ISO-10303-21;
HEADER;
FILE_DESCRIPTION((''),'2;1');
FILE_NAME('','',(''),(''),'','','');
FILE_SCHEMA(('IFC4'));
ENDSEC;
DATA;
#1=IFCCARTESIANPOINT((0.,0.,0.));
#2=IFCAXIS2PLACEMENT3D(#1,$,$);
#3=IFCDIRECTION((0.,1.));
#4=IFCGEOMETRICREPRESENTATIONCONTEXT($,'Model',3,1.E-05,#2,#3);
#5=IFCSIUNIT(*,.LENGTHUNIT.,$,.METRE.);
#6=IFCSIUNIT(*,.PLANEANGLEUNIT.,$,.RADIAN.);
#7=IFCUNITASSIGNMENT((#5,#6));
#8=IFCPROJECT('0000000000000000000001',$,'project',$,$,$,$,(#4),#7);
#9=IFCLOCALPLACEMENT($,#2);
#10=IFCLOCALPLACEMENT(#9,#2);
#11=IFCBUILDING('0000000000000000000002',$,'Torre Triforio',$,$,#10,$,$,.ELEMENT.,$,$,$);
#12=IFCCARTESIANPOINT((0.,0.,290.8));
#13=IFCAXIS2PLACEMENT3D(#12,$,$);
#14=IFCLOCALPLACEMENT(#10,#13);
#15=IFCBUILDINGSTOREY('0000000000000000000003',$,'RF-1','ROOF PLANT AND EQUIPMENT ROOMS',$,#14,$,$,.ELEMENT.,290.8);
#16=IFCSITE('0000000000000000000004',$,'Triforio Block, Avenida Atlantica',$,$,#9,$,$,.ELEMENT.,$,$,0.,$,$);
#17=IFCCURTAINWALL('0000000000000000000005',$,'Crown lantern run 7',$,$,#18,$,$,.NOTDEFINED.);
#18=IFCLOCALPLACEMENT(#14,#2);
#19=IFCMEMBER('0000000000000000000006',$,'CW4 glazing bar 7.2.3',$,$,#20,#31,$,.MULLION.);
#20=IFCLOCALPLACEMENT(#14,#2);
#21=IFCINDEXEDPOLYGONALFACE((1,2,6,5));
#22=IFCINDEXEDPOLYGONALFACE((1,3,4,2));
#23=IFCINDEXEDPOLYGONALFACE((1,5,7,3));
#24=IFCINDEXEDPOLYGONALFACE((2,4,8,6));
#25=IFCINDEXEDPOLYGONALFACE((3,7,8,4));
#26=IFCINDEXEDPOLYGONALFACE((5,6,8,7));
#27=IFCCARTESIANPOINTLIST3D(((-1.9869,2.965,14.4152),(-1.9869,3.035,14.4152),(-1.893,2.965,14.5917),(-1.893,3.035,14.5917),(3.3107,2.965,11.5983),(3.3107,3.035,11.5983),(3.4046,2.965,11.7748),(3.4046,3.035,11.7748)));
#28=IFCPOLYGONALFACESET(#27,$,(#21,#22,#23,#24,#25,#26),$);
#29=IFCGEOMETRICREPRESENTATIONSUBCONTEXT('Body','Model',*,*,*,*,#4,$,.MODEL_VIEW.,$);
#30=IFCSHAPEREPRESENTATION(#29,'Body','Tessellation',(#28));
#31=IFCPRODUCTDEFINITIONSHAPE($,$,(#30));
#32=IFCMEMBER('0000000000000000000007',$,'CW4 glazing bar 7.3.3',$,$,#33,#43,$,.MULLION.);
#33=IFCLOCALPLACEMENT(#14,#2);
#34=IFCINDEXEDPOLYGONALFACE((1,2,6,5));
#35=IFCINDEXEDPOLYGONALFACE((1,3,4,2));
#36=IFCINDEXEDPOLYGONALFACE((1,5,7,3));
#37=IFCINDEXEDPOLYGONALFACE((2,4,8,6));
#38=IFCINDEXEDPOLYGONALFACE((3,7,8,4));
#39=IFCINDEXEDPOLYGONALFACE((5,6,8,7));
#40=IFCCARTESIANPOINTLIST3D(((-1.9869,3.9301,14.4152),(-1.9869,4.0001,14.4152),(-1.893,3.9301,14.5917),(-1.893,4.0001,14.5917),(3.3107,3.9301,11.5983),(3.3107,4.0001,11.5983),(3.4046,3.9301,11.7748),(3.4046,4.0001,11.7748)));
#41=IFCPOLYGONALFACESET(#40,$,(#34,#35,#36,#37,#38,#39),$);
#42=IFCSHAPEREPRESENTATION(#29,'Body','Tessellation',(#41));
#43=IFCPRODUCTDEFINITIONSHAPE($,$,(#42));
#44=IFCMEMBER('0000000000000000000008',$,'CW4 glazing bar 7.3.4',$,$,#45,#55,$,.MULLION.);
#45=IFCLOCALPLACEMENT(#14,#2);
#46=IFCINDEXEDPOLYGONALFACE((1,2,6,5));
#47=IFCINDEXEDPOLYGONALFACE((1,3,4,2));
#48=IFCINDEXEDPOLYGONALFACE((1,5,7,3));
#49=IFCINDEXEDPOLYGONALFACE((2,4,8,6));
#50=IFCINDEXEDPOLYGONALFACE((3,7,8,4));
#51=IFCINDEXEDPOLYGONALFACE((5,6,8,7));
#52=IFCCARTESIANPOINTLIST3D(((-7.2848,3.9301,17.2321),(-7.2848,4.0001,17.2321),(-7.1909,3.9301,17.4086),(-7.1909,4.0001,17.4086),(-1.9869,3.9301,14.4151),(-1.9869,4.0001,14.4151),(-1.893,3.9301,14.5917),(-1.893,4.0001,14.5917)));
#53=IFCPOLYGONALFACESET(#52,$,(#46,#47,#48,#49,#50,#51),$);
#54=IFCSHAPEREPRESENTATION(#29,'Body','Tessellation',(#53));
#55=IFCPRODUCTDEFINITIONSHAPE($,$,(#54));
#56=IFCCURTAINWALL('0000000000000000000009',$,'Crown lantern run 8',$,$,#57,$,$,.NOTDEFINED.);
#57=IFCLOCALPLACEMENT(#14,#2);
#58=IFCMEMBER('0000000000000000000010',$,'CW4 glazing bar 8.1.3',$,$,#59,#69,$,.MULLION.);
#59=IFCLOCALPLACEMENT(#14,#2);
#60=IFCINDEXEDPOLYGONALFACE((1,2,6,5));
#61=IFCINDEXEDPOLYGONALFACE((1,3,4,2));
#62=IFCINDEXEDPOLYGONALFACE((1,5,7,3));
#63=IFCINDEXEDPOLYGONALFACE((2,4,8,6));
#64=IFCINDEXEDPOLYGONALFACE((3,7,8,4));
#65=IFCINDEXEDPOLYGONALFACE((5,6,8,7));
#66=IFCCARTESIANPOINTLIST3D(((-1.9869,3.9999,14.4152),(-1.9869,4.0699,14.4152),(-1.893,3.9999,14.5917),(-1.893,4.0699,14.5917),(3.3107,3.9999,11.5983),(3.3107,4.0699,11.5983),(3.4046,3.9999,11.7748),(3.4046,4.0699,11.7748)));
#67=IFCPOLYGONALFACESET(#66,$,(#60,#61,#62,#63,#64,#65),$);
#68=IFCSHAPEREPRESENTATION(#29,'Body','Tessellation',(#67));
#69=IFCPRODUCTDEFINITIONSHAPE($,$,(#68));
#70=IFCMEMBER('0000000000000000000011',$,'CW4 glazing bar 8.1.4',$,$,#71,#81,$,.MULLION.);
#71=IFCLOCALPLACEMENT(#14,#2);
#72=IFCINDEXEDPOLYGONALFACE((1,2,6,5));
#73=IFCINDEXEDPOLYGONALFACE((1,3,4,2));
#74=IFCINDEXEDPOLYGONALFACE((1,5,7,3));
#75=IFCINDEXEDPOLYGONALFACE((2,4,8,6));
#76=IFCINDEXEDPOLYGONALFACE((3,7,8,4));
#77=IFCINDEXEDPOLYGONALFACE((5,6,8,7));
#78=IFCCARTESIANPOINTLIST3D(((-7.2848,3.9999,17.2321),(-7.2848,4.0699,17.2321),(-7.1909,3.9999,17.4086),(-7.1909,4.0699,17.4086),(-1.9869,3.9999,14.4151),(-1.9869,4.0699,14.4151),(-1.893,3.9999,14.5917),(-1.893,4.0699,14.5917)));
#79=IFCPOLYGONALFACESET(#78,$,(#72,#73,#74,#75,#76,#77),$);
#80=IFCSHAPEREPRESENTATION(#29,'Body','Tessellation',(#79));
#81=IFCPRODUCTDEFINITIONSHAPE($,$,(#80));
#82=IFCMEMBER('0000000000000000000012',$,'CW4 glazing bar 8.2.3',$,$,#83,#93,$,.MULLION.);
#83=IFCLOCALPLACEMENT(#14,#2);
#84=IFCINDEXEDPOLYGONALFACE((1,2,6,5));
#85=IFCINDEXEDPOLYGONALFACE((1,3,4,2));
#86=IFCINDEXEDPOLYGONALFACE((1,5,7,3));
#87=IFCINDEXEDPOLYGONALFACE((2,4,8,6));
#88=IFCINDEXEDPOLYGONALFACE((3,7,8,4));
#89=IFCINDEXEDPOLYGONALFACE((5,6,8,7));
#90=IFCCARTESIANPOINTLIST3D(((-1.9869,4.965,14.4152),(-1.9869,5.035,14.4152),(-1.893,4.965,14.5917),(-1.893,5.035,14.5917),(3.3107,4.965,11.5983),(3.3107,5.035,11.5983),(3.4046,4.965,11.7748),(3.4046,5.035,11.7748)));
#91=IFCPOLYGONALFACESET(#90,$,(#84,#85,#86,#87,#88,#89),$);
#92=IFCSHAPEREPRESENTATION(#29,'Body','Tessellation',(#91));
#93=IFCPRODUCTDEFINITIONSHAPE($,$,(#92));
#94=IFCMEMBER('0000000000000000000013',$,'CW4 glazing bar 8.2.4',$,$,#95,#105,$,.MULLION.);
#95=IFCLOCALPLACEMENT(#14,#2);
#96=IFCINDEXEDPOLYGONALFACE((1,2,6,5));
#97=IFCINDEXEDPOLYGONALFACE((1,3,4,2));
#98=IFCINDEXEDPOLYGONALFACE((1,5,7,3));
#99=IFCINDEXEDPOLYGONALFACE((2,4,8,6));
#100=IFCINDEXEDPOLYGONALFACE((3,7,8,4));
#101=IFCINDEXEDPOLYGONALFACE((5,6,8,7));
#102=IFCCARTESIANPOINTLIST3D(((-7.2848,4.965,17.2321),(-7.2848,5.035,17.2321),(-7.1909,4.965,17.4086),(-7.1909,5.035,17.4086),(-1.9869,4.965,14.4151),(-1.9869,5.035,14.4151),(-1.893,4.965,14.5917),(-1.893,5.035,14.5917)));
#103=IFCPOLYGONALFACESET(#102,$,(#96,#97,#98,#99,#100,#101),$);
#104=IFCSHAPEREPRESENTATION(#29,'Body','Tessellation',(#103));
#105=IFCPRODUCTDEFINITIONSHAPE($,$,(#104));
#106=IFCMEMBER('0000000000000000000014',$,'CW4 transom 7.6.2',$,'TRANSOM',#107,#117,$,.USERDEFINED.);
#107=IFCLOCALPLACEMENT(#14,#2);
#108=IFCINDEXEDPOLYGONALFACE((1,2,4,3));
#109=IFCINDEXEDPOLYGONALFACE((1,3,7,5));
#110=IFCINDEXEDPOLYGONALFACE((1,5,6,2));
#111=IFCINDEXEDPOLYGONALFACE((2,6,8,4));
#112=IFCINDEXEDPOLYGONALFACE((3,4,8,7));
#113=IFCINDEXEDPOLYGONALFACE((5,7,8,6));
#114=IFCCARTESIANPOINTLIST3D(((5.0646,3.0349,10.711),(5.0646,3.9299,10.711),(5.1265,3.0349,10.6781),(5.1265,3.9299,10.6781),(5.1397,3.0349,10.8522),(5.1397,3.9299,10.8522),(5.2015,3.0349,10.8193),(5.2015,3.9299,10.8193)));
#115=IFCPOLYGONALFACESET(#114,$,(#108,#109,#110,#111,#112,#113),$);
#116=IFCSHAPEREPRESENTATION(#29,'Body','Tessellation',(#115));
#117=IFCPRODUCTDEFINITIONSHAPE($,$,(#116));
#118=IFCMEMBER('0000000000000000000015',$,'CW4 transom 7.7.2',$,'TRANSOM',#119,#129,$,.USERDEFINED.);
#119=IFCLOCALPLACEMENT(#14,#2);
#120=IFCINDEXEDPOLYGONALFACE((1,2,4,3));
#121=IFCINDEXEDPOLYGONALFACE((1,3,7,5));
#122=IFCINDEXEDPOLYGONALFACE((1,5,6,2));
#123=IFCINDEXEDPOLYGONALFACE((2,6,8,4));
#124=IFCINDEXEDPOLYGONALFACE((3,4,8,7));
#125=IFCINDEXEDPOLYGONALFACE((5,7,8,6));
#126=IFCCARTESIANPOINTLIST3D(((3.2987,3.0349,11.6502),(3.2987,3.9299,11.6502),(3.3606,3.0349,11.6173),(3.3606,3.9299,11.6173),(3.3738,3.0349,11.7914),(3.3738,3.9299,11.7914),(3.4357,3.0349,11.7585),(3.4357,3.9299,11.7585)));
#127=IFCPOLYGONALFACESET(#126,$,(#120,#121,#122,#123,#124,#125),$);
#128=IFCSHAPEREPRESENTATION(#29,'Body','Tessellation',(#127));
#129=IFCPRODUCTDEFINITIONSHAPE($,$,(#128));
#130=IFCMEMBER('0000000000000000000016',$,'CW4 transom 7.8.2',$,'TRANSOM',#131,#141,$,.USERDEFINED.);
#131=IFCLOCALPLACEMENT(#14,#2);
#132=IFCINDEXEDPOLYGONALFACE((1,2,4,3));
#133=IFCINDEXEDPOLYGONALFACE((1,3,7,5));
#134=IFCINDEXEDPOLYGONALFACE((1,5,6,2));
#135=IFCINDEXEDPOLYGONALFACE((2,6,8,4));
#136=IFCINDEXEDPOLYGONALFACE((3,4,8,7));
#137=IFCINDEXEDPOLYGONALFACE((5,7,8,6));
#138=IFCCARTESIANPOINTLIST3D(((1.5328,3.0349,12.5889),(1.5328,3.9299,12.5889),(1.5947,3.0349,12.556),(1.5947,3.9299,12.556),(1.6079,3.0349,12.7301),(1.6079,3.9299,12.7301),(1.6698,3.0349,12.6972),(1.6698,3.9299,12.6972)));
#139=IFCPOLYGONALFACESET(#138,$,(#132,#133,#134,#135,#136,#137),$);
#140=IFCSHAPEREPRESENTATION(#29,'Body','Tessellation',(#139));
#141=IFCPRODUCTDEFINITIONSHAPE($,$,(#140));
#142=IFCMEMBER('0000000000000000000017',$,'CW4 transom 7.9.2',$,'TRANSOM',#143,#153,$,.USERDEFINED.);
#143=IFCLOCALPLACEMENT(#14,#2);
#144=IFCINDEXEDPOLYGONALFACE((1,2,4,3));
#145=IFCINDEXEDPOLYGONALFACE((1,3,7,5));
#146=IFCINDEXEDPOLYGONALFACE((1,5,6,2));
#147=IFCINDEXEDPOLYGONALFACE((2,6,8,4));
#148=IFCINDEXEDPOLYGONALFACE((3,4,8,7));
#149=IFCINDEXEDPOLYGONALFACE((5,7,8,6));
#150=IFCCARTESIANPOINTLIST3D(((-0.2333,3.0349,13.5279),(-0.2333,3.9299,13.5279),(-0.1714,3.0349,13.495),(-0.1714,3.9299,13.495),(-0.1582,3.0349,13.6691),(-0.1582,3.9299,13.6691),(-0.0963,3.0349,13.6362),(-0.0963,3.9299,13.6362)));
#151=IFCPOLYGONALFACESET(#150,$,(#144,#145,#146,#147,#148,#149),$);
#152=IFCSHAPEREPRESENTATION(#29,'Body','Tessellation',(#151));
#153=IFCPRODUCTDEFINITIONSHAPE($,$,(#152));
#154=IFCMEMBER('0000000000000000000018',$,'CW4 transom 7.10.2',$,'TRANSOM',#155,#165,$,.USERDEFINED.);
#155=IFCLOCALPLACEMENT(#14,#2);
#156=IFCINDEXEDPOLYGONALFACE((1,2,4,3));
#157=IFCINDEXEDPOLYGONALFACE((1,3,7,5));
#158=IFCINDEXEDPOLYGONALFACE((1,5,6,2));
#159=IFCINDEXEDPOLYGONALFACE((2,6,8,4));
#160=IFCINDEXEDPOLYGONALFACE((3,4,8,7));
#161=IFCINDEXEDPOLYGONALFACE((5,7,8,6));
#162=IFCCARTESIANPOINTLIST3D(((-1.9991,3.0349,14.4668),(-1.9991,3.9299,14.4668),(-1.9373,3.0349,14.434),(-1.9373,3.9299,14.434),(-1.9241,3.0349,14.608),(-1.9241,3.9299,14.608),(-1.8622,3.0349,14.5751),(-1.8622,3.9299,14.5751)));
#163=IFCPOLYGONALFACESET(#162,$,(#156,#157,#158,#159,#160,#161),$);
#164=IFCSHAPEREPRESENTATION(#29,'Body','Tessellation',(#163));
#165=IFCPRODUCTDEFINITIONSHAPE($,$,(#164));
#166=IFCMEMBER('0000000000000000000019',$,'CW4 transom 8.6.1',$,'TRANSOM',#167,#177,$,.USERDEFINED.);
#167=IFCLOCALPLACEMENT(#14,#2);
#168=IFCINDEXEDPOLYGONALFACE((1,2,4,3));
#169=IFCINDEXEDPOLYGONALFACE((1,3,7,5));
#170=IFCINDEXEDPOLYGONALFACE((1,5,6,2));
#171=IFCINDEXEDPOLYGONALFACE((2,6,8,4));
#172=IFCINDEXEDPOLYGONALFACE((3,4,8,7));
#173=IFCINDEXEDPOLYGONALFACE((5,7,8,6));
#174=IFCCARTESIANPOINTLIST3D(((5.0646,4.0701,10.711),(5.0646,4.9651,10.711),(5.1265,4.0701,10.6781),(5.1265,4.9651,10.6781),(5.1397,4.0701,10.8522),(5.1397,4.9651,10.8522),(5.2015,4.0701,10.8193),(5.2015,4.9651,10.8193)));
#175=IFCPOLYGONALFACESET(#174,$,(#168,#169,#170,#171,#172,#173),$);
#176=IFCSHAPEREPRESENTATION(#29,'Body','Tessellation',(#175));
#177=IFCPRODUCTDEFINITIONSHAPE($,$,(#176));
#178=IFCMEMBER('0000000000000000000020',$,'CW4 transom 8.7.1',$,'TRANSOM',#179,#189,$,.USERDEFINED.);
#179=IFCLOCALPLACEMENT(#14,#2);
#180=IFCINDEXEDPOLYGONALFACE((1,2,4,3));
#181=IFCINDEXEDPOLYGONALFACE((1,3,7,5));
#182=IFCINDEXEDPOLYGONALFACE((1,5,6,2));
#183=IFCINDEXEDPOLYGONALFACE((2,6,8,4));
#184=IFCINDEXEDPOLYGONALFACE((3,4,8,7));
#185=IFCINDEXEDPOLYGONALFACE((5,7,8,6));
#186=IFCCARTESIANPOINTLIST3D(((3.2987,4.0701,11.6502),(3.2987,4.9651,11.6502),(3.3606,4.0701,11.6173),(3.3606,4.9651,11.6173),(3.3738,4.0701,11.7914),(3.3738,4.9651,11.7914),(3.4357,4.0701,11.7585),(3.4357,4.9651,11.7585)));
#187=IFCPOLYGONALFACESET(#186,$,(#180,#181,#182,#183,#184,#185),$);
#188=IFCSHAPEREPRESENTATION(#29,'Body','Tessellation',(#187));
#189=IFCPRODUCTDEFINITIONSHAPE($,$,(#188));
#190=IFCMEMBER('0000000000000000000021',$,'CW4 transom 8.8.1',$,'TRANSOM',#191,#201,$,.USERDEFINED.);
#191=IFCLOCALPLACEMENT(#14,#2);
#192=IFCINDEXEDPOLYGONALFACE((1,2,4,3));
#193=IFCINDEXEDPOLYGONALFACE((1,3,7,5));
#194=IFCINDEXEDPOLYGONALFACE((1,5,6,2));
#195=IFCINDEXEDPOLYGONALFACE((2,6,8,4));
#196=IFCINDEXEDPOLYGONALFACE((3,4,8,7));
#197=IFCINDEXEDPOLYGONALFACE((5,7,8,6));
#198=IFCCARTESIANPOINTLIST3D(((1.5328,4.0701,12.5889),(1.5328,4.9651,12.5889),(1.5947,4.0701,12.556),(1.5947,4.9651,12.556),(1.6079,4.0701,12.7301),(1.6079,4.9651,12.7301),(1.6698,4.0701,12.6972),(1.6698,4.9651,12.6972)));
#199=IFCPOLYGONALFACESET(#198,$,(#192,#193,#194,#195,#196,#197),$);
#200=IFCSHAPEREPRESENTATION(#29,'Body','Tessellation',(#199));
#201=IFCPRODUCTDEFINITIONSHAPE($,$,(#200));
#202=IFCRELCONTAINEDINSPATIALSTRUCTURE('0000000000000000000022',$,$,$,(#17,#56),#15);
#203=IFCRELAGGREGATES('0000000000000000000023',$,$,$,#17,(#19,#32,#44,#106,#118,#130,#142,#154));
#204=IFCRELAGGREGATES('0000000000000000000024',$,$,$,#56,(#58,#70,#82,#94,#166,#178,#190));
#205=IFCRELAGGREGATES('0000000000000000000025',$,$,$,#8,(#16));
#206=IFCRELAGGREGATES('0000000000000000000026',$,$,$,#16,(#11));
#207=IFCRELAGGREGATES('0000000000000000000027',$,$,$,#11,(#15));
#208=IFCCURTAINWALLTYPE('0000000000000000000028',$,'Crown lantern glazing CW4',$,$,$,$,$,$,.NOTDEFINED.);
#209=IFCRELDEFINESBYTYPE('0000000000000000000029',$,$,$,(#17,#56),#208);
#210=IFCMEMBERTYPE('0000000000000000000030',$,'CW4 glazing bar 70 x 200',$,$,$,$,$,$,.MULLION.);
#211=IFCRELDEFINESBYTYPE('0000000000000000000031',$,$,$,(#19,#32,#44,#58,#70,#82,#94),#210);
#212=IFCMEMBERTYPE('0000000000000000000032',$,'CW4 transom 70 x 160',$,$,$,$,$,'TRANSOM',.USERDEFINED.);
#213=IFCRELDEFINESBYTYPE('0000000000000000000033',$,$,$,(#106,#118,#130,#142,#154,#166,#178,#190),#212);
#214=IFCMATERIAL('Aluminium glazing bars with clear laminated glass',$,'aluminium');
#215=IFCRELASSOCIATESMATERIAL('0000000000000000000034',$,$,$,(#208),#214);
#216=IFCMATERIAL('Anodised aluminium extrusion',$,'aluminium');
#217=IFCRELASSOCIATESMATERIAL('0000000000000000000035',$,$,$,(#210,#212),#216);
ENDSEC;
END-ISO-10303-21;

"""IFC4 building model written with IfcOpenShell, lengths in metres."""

from ifc_helpers import new_model, si_unit, direction, frame, origin, origin_2d, place, context, subcontext, project, spatial, rectangle, extrude, material, material_profile, profile_set, type_object, element, aggregate, save


model = new_model("IFC4")

# Units and contexts
model_context = context("Model", 3, precision=1e-05, world=origin(), true_north=direction((0.0, 1.0)))
body_context = subcontext(model_context, "Body", "Model", "MODEL_VIEW")
ifc_project = project(units=[si_unit("LENGTHUNIT", "METRE"), si_unit("PLANEANGLEUNIT", "RADIAN")], contexts=[model_context])

# Site, building, storey
site_placement = place(None, origin())
site = spatial("IfcSite", under=ifc_project, at=site_placement, Name="Triforio Block, Avenida Atlantica", CompositionType="ELEMENT", RefElevation=0.0)
building_placement = place(site_placement, origin())
building = spatial("IfcBuilding", under=site, at=building_placement, Name="Torre Triforio", CompositionType="ELEMENT")
storey_placement = place(building_placement, frame((0.0, 0.0, 290.8)))
storey = spatial("IfcBuildingStorey", under=building, at=storey_placement, Name="RF-1", Description="ROOF PLANT AND EQUIPMENT ROOMS", CompositionType="ELEMENT", Elevation=290.8)

# Curtain walls, members
ifc_material_1 = material(Name="Aluminium glazing bars with clear laminated glass", Category="aluminium")
curtain_wall_type = type_object("IfcCurtainWallType", Name="Crown lantern glazing CW4", PredefinedType="NOTDEFINED", material=ifc_material_1)
curtain_wall_1_placement = place(storey_placement, origin())
curtain_wall_1 = element("IfcCurtainWall", 1, at=curtain_wall_1_placement, inside=storey, type_object=curtain_wall_type, Name="Crown lantern run 7", PredefinedType="NOTDEFINED")
ifc_material_2 = material(Name="Anodised aluminium extrusion", Category="aluminium")
ifc_material_profile_1 = material_profile(ifc_material_2, rectangle(XDim=0.0701, YDim=0.2, at=origin_2d()), Name="CW4 MULLION 70x200")
ifc_profile_set_1 = profile_set([ifc_material_profile_1], Name="Anodised aluminium extrusion")
member_type_1 = type_object("IfcMemberType", Name="CW4 glazing bar 70 x 200", PredefinedType="MULLION", material=ifc_profile_set_1)
member_1_placement = place(storey_placement, frame((3.3577, 3.0, 11.6865), z_axis=(-0.88294, 0.0, 0.469485), x_axis=(0.0, -1.0, 0.0)))
member_1 = element("IfcMember", 2, at=member_1_placement, type_object=member_type_1, Name="CW4 glazing bar 7.2.3", PredefinedType="MULLION", context=body_context, shape_type="SweptSolid", body=[
    extrude(rectangle(XDim=0.0701, YDim=0.2, at=origin_2d()), origin(), (0.0, 0.0, 1.0), 6.0),
])
member_2_placement = place(storey_placement, frame((3.3577, 3.9651, 11.6865), z_axis=(-0.88294, 0.0, 0.469485), x_axis=(0.0, -1.0, 0.0)))
member_2 = element("IfcMember", 3, at=member_2_placement, type_object=member_type_1, Name="CW4 glazing bar 7.3.3", PredefinedType="MULLION", context=body_context, shape_type="SweptSolid", body=[
    extrude(rectangle(XDim=0.0701, YDim=0.2, at=origin_2d()), origin(), (0.0, 0.0, 1.0), 6.0),
])
member_3_placement = place(storey_placement, frame((-1.9399, 3.9651, 14.5034), z_axis=(-0.882949, 0.0, 0.469469), x_axis=(0.0, -1.0, 0.0)))
member_3 = element("IfcMember", 4, at=member_3_placement, type_object=member_type_1, Name="CW4 glazing bar 7.3.4", PredefinedType="MULLION", context=body_context, shape_type="SweptSolid", body=[
    extrude(rectangle(XDim=0.0701, YDim=0.2, at=origin_2d()), origin(), (0.0, 0.0, 1.0), 6.0002),
])
curtain_wall_2_placement = place(storey_placement, origin())
curtain_wall_2 = element("IfcCurtainWall", 5, at=curtain_wall_2_placement, inside=storey, type_object=curtain_wall_type, Name="Crown lantern run 8", PredefinedType="NOTDEFINED")
member_4_placement = place(storey_placement, frame((3.3577, 4.0349, 11.6865), z_axis=(-0.88294, 0.0, 0.469485), x_axis=(0.0, -1.0, 0.0)))
member_4 = element("IfcMember", 6, at=member_4_placement, type_object=member_type_1, Name="CW4 glazing bar 8.1.3", PredefinedType="MULLION", context=body_context, shape_type="SweptSolid", body=[
    extrude(rectangle(XDim=0.0701, YDim=0.2, at=origin_2d()), origin(), (0.0, 0.0, 1.0), 6.0),
])
member_5_placement = place(storey_placement, frame((-1.9399, 4.0349, 14.5034), z_axis=(-0.882949, 0.0, 0.469469), x_axis=(0.0, -1.0, 0.0)))
member_5 = element("IfcMember", 7, at=member_5_placement, type_object=member_type_1, Name="CW4 glazing bar 8.1.4", PredefinedType="MULLION", context=body_context, shape_type="SweptSolid", body=[
    extrude(rectangle(XDim=0.0701, YDim=0.2, at=origin_2d()), origin(), (0.0, 0.0, 1.0), 6.0002),
])
member_6_placement = place(storey_placement, frame((3.3577, 5.0, 11.6865), z_axis=(-0.88294, 0.0, 0.469485), x_axis=(0.0, -1.0, 0.0)))
member_6 = element("IfcMember", 8, at=member_6_placement, type_object=member_type_1, Name="CW4 glazing bar 8.2.3", PredefinedType="MULLION", context=body_context, shape_type="SweptSolid", body=[
    extrude(rectangle(XDim=0.0701, YDim=0.2, at=origin_2d()), origin(), (0.0, 0.0, 1.0), 6.0),
])
member_7_placement = place(storey_placement, frame((-1.9399, 5.0, 14.5034), z_axis=(-0.882949, 0.0, 0.469469), x_axis=(0.0, -1.0, 0.0)))
member_7 = element("IfcMember", 9, at=member_7_placement, type_object=member_type_1, Name="CW4 glazing bar 8.2.4", PredefinedType="MULLION", context=body_context, shape_type="SweptSolid", body=[
    extrude(rectangle(XDim=0.0701, YDim=0.2, at=origin_2d()), origin(), (0.0, 0.0, 1.0), 6.0002),
])

# Members
ifc_material_profile_2 = material_profile(ifc_material_2, rectangle(XDim=0.0701, YDim=0.1599, at=origin_2d()), Name="CW4 TRANSOM 70x160")
ifc_profile_set_2 = profile_set([ifc_material_profile_2], Name="Anodised aluminium extrusion")
member_type_2 = type_object("IfcMemberType", Name="CW4 transom 70 x 160", ElementType="TRANSOM", PredefinedType="USERDEFINED", material=ifc_profile_set_2)
member_8_placement = place(storey_placement, frame((5.1331, 3.0349, 10.7651), z_axis=(0.0, 1.0, 0.0), x_axis=(-0.882948, 0.0, 0.469472)))
member_8 = element("IfcMember", 10, at=member_8_placement, type_object=member_type_2, Name="CW4 transom 7.6.2", ObjectType="TRANSOM", PredefinedType="USERDEFINED", context=body_context, shape_type="SweptSolid", body=[
    extrude(rectangle(XDim=0.0701, YDim=0.1599, at=origin_2d()), origin(), (0.0, 0.0, 1.0), 0.895),
])
member_9_placement = place(storey_placement, frame((3.3672, 3.0349, 11.7043), z_axis=(0.0, 1.0, 0.0), x_axis=(-0.882948, 0.0, 0.469472)))
member_9 = element("IfcMember", 11, at=member_9_placement, type_object=member_type_2, Name="CW4 transom 7.7.2", ObjectType="TRANSOM", PredefinedType="USERDEFINED", context=body_context, shape_type="SweptSolid", body=[
    extrude(rectangle(XDim=0.0701, YDim=0.1599, at=origin_2d()), origin(), (0.0, 0.0, 1.0), 0.895),
])
member_10_placement = place(storey_placement, frame((1.6013, 3.0349, 12.6431), z_axis=(0.0, 1.0, 0.0), x_axis=(-0.882948, 0.0, 0.469472)))
member_10 = element("IfcMember", 12, at=member_10_placement, type_object=member_type_2, Name="CW4 transom 7.8.2", ObjectType="TRANSOM", PredefinedType="USERDEFINED", context=body_context, shape_type="SweptSolid", body=[
    extrude(rectangle(XDim=0.0701, YDim=0.1599, at=origin_2d()), origin(), (0.0, 0.0, 1.0), 0.895),
])
member_11_placement = place(storey_placement, frame((-0.1648, 3.0349, 13.582), z_axis=(0.0, 1.0, 0.0), x_axis=(-0.882948, 0.0, 0.469472)))
member_11 = element("IfcMember", 13, at=member_11_placement, type_object=member_type_2, Name="CW4 transom 7.9.2", ObjectType="TRANSOM", PredefinedType="USERDEFINED", context=body_context, shape_type="SweptSolid", body=[
    extrude(rectangle(XDim=0.0701, YDim=0.1599, at=origin_2d()), origin(), (0.0, 0.0, 1.0), 0.895),
])
member_12_placement = place(storey_placement, frame((-1.9307, 3.0349, 14.521), z_axis=(0.0, 1.0, 0.0), x_axis=(-0.882948, 0.0, 0.469472)))
member_12 = element("IfcMember", 14, at=member_12_placement, type_object=member_type_2, Name="CW4 transom 7.10.2", ObjectType="TRANSOM", PredefinedType="USERDEFINED", context=body_context, shape_type="SweptSolid", body=[
    extrude(rectangle(XDim=0.0701, YDim=0.1599, at=origin_2d()), origin(), (0.0, 0.0, 1.0), 0.895),
])
member_13_placement = place(storey_placement, frame((5.1331, 4.0701, 10.7651), z_axis=(0.0, 1.0, 0.0), x_axis=(-0.882948, 0.0, 0.469472)))
member_13 = element("IfcMember", 15, at=member_13_placement, type_object=member_type_2, Name="CW4 transom 8.6.1", ObjectType="TRANSOM", PredefinedType="USERDEFINED", context=body_context, shape_type="SweptSolid", body=[
    extrude(rectangle(XDim=0.0701, YDim=0.1599, at=origin_2d()), origin(), (0.0, 0.0, 1.0), 0.895),
])
member_14_placement = place(storey_placement, frame((3.3672, 4.0701, 11.7043), z_axis=(0.0, 1.0, 0.0), x_axis=(-0.882948, 0.0, 0.469472)))
member_14 = element("IfcMember", 16, at=member_14_placement, type_object=member_type_2, Name="CW4 transom 8.7.1", ObjectType="TRANSOM", PredefinedType="USERDEFINED", context=body_context, shape_type="SweptSolid", body=[
    extrude(rectangle(XDim=0.0701, YDim=0.1599, at=origin_2d()), origin(), (0.0, 0.0, 1.0), 0.895),
])
member_15_placement = place(storey_placement, frame((1.6013, 4.0701, 12.6431), z_axis=(0.0, 1.0, 0.0), x_axis=(-0.882948, 0.0, 0.469472)))
member_15 = element("IfcMember", 17, at=member_15_placement, type_object=member_type_2, Name="CW4 transom 8.8.1", ObjectType="TRANSOM", PredefinedType="USERDEFINED", context=body_context, shape_type="SweptSolid", body=[
    extrude(rectangle(XDim=0.0701, YDim=0.1599, at=origin_2d()), origin(), (0.0, 0.0, 1.0), 0.895),
])

aggregate(curtain_wall_1, [member_1, member_2, member_3, member_8, member_9, member_10, member_11, member_12])
aggregate(curtain_wall_2, [member_4, member_5, member_6, member_7, member_13, member_14, member_15])

save(model, "model.ifc")
